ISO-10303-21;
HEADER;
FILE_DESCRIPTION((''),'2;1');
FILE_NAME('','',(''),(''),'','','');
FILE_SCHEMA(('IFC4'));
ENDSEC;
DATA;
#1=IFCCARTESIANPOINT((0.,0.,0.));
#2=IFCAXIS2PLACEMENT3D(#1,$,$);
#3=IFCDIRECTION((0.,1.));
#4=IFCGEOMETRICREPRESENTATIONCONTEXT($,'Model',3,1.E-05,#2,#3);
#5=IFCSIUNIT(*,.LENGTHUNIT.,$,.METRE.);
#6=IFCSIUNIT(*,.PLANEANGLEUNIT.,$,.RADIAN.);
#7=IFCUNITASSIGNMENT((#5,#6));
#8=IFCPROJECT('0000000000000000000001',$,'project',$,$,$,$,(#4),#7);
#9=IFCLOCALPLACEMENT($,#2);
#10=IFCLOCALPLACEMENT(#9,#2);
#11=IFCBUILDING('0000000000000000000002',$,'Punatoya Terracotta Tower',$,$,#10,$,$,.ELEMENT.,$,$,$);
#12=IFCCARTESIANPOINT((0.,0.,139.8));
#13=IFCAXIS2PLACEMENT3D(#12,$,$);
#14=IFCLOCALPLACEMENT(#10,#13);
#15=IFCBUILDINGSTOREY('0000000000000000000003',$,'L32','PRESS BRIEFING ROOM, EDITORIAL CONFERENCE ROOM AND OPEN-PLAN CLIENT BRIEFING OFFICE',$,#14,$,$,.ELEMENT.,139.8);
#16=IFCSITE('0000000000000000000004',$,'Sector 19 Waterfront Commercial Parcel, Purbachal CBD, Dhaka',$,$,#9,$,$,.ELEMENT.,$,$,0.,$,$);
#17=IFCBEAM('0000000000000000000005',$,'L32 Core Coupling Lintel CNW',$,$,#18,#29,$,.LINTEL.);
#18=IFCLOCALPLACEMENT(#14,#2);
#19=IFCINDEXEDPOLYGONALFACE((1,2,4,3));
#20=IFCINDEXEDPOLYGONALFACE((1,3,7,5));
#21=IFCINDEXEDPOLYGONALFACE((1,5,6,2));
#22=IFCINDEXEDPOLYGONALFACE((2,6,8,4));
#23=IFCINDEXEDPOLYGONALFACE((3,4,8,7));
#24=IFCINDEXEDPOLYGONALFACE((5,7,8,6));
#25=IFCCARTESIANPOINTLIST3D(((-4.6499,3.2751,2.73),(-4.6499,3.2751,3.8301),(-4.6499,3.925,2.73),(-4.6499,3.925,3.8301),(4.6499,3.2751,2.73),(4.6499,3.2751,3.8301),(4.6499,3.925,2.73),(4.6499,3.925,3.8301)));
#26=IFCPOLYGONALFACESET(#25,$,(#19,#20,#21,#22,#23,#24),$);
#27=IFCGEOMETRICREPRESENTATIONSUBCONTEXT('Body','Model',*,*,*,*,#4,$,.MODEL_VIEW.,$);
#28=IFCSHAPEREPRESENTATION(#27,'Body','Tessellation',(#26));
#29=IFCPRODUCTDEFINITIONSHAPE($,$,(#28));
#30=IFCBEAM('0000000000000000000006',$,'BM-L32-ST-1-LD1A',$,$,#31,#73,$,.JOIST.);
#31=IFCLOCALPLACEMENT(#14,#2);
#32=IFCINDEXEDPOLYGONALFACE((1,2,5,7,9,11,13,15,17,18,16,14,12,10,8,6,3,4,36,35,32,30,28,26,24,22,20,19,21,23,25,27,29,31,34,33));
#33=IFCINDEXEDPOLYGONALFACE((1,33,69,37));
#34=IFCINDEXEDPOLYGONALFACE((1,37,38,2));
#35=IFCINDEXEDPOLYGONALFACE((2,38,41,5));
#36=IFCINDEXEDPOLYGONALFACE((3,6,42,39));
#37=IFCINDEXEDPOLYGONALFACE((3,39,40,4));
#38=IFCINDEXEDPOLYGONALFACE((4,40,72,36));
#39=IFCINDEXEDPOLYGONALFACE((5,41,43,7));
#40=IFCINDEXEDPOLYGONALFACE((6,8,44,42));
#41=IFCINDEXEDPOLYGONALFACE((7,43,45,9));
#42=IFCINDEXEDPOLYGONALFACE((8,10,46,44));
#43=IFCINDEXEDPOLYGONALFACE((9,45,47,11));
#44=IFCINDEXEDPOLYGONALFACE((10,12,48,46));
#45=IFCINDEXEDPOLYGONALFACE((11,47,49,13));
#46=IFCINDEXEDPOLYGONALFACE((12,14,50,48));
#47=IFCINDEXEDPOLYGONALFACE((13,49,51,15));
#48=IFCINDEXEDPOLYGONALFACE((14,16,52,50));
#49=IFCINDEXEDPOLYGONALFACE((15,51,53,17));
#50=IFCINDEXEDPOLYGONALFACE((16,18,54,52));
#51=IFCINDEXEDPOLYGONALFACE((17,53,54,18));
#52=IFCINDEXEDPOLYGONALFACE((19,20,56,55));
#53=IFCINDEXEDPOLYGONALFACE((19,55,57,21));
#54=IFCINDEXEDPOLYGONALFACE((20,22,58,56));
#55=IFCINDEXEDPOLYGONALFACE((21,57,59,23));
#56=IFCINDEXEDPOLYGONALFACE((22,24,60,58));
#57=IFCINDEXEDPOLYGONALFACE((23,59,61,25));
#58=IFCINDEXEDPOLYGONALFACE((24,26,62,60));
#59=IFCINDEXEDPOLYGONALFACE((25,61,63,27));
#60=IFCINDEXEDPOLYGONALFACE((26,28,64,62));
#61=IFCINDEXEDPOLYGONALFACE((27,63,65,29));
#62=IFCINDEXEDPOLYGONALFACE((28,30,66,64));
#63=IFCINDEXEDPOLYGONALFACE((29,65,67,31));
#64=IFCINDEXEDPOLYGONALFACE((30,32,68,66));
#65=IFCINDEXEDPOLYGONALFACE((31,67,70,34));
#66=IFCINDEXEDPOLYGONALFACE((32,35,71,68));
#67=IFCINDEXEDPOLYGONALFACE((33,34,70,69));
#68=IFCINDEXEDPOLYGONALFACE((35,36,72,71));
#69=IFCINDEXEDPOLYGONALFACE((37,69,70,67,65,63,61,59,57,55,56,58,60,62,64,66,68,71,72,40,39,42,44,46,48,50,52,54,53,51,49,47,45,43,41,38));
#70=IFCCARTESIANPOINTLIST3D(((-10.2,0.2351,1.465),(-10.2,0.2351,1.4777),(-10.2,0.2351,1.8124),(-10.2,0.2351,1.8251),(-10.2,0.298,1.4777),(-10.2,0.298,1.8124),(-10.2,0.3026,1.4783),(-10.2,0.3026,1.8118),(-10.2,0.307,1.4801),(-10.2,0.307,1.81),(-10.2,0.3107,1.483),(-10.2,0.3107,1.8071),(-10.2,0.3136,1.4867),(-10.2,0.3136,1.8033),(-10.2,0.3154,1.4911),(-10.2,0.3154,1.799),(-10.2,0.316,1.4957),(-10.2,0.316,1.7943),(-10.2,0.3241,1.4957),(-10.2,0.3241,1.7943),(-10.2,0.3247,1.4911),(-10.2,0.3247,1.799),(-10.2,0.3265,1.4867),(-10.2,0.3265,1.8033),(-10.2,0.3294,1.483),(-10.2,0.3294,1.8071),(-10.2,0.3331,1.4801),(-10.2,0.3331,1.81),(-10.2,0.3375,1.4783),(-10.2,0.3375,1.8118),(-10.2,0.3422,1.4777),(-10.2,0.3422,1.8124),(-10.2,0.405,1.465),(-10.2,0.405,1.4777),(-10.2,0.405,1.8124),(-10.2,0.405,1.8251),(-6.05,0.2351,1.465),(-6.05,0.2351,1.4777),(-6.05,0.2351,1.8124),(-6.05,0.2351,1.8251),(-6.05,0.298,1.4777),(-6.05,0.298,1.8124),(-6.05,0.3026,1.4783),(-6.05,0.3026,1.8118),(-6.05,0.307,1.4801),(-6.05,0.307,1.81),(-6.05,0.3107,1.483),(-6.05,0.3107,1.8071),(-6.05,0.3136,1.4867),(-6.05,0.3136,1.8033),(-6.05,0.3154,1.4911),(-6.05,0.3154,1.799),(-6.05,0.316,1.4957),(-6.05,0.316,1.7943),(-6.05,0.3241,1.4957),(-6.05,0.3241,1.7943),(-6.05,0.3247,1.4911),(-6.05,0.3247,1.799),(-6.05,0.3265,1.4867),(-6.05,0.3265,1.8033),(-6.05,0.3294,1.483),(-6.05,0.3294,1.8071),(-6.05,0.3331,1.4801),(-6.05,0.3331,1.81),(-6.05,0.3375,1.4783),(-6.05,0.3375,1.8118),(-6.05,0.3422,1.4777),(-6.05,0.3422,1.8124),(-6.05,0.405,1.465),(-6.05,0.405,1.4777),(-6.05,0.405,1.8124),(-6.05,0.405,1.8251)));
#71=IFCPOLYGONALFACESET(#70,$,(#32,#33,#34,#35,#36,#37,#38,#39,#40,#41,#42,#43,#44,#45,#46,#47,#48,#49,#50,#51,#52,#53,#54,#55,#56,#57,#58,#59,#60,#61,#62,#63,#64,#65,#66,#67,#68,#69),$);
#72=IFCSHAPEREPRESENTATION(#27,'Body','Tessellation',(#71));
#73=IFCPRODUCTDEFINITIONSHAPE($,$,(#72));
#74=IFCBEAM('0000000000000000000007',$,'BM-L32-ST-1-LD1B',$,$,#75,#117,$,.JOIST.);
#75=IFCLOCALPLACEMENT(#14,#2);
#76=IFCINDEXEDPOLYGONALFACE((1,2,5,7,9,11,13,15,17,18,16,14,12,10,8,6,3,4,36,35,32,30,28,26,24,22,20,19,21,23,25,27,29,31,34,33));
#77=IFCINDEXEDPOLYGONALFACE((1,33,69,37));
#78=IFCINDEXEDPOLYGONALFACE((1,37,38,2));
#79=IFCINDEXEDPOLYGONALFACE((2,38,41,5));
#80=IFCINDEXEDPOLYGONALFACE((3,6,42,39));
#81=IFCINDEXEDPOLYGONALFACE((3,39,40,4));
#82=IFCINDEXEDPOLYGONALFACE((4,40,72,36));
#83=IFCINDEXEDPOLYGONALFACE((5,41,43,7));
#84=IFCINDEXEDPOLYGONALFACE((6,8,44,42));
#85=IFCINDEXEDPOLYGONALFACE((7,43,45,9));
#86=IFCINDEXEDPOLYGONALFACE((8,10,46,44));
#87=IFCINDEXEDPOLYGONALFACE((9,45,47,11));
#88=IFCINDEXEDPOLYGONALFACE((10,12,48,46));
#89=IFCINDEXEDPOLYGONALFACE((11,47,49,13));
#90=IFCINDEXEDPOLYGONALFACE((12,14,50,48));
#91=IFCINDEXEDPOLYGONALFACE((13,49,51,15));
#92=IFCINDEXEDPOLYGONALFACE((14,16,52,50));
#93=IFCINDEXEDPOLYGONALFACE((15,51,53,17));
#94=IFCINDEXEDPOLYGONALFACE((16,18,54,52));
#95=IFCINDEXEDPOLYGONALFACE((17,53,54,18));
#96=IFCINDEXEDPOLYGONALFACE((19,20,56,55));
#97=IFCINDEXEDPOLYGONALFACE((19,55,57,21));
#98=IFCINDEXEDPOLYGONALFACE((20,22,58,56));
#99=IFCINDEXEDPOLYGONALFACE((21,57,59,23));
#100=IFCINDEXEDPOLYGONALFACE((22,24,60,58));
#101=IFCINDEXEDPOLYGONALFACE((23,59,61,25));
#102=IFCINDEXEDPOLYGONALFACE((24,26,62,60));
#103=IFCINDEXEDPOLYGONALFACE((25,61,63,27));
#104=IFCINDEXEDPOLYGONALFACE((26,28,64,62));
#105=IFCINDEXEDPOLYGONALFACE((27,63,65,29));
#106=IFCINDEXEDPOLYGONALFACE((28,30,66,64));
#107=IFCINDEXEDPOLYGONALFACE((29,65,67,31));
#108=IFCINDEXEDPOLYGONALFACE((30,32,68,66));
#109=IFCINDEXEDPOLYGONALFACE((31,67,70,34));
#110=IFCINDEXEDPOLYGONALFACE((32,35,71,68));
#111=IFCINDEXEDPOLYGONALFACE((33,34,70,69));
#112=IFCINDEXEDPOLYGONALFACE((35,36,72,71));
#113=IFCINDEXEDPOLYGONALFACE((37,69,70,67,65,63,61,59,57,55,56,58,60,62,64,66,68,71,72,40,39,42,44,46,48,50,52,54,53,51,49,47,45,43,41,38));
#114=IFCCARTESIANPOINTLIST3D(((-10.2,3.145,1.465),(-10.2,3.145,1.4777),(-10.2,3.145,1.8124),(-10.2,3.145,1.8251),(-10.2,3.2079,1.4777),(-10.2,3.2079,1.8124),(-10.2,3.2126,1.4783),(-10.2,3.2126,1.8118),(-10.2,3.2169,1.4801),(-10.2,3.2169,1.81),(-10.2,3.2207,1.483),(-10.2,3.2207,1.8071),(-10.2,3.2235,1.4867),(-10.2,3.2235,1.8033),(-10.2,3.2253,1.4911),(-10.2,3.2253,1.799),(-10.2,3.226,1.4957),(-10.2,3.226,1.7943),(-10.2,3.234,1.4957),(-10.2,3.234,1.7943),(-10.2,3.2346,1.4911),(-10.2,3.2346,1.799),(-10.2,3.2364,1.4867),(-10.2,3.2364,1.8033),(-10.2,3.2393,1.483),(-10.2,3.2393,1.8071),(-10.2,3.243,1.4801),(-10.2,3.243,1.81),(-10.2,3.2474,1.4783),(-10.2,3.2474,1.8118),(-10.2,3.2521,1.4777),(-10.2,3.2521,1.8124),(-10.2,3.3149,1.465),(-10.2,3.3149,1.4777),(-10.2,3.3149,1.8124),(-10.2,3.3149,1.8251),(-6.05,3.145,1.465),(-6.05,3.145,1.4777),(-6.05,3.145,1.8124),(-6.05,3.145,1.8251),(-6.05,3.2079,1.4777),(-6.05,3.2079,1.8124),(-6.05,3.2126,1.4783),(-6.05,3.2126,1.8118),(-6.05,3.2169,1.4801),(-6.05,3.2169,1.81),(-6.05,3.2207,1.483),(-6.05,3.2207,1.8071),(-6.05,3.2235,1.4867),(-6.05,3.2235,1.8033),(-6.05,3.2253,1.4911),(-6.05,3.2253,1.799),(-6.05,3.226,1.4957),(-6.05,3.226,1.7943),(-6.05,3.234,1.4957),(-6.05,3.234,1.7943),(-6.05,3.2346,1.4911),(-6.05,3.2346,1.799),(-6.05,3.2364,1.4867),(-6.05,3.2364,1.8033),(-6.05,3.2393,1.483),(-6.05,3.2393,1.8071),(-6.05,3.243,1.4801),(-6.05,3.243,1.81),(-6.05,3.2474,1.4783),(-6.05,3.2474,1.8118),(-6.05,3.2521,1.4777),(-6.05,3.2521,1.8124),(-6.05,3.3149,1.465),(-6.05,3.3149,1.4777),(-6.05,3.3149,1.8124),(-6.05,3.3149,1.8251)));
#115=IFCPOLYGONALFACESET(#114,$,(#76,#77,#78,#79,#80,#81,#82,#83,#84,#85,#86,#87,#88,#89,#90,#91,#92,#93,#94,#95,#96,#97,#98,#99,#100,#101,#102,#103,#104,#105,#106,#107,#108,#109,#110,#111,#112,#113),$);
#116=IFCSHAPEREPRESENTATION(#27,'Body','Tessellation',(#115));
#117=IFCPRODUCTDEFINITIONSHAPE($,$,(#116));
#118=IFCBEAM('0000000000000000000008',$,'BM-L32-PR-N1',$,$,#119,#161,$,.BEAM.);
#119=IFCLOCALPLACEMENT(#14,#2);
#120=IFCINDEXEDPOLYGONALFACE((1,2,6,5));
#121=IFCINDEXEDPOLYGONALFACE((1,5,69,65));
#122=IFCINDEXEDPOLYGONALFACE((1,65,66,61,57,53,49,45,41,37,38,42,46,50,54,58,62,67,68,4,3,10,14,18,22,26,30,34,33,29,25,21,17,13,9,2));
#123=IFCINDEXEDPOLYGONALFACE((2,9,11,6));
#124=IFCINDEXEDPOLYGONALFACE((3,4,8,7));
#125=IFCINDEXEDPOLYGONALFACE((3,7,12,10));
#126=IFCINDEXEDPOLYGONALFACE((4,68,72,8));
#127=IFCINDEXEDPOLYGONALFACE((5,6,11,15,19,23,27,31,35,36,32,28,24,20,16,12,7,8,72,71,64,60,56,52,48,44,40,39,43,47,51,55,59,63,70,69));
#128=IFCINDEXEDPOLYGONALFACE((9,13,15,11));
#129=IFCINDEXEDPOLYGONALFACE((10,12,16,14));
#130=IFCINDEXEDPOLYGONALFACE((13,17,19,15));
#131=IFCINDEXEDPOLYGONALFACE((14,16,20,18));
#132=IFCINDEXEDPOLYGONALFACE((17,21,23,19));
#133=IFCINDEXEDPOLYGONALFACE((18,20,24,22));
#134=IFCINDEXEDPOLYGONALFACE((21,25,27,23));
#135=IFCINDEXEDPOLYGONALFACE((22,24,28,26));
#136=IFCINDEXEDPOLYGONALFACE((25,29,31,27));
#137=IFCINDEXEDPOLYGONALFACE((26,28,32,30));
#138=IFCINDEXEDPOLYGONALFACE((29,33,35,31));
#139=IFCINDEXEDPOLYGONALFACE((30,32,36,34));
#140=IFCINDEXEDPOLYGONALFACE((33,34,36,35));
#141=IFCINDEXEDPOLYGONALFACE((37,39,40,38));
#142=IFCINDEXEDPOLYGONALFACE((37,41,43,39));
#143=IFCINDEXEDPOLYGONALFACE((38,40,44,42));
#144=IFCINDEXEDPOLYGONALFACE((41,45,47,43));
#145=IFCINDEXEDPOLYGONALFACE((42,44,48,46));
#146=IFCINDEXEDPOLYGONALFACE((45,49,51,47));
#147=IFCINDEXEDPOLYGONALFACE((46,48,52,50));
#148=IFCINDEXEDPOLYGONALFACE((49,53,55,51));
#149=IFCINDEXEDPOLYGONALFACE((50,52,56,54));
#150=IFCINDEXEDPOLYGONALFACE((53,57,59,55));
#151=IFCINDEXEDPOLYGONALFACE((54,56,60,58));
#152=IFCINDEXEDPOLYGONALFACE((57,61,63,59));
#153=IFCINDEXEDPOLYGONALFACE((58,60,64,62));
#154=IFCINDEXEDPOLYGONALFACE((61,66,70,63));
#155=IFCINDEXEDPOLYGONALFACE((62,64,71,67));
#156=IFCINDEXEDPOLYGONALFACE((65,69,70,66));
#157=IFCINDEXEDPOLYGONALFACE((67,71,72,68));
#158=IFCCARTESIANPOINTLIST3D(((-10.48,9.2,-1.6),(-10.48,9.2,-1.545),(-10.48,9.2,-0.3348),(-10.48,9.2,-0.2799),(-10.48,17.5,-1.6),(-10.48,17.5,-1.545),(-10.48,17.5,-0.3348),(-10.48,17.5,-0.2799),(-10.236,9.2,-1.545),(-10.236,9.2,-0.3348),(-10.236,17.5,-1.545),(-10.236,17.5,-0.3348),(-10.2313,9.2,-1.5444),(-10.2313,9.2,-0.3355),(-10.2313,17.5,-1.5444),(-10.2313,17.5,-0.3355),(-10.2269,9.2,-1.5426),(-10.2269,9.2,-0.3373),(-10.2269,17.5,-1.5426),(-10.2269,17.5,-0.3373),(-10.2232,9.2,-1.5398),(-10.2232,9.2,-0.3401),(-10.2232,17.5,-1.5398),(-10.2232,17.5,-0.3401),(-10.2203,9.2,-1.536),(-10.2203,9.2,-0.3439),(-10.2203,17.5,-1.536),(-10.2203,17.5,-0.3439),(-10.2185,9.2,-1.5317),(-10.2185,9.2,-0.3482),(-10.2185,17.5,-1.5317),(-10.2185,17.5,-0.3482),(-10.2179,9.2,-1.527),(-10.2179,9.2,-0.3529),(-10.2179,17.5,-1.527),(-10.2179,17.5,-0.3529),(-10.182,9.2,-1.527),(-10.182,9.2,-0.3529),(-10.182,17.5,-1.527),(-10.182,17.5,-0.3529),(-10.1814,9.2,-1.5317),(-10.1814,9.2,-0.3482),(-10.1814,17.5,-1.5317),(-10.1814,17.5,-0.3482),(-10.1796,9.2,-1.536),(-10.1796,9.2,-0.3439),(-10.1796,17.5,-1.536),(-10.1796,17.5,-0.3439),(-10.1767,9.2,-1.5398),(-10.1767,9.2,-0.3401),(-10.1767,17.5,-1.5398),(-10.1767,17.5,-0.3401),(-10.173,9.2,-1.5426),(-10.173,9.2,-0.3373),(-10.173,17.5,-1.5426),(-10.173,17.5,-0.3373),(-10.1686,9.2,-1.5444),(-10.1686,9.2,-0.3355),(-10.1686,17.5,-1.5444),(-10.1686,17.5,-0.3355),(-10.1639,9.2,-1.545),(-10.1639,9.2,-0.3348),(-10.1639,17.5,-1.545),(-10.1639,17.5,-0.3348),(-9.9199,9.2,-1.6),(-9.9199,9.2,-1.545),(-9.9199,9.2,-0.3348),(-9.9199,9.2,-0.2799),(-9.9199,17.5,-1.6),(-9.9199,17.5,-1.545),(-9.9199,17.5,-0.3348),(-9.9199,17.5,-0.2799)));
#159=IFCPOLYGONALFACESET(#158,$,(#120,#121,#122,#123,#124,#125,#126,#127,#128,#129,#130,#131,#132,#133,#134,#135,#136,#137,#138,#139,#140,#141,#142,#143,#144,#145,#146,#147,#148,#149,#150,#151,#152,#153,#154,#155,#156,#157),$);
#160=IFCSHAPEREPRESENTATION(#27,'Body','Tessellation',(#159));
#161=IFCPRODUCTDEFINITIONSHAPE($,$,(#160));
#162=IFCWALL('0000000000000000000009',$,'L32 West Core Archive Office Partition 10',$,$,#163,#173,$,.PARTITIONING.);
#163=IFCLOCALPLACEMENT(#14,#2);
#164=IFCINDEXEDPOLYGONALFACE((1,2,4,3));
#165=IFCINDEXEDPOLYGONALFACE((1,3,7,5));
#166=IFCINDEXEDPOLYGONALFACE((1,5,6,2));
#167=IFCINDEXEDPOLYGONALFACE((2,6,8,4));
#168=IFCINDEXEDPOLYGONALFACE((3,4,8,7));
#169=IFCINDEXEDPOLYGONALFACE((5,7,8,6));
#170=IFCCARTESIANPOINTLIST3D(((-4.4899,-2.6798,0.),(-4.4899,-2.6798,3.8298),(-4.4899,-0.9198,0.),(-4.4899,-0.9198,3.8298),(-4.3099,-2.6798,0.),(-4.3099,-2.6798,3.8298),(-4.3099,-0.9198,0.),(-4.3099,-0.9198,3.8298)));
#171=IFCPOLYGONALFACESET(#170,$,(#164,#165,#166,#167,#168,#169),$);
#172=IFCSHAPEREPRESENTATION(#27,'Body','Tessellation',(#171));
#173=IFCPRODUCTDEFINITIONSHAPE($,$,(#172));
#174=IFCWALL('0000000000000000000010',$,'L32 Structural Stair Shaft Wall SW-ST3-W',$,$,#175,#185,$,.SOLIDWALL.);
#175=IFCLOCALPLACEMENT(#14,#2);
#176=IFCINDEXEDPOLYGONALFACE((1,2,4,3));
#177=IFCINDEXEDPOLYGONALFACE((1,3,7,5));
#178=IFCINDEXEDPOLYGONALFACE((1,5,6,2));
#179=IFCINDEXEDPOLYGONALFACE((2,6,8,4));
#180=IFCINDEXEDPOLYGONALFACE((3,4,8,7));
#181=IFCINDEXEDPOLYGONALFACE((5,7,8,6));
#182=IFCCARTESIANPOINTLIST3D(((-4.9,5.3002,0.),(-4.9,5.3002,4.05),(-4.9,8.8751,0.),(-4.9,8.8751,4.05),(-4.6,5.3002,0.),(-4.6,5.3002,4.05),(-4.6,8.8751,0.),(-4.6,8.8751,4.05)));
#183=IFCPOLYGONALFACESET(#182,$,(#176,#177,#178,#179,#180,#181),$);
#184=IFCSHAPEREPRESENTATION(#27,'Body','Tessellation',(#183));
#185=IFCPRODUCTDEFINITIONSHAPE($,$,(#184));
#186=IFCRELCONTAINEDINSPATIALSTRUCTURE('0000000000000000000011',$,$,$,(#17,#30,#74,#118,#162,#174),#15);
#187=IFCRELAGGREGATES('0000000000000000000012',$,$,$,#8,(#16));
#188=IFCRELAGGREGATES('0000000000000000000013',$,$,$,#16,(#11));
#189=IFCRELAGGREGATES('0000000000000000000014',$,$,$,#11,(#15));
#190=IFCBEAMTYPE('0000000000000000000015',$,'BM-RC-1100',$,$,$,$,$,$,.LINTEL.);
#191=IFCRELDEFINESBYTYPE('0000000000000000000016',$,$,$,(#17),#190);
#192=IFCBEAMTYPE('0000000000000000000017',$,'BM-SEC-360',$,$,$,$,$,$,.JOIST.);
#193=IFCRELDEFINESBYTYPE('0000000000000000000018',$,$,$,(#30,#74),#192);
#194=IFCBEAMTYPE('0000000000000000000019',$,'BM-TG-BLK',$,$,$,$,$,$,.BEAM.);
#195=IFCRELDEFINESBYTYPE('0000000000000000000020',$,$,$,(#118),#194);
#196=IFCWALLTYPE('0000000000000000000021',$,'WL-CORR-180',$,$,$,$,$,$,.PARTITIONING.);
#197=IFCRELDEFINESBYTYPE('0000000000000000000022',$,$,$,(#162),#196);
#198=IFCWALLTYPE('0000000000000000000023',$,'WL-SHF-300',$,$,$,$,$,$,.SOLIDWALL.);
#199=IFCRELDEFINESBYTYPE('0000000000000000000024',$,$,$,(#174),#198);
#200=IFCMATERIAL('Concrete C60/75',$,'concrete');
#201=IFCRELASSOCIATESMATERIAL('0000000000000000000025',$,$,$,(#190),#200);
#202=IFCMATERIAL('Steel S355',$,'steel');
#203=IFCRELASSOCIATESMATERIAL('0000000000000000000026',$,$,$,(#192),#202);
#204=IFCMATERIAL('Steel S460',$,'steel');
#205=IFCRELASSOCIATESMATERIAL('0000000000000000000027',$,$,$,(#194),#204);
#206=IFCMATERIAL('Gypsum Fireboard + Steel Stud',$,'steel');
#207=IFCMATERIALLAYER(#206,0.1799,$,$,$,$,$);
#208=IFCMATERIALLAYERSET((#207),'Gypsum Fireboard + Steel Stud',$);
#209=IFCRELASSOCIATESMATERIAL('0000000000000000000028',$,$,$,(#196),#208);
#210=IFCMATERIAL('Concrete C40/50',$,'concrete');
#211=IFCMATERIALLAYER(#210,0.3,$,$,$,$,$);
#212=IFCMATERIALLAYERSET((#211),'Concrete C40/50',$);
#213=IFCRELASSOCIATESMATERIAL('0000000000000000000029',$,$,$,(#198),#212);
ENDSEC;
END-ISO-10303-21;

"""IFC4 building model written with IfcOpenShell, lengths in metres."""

from ifc_helpers import new_model, si_unit, direction, frame, frame_2d, origin, origin_2d, place, context, subcontext, project, spatial, rectangle, i_section, extrude, material, layer, layer_set, material_profile, profile_set, type_object, element, save


model = new_model("IFC4")

# Units and contexts
model_context = context("Model", 3, precision=1e-05, world=origin(), true_north=direction((0.0, 1.0)))
body_context = subcontext(model_context, "Body", "Model", "MODEL_VIEW")
ifc_project = project(units=[si_unit("LENGTHUNIT", "METRE"), si_unit("PLANEANGLEUNIT", "RADIAN")], contexts=[model_context])

# Site, building, storey
site_placement = place(None, origin())
site = spatial("IfcSite", under=ifc_project, at=site_placement, Name="Sector 19 Waterfront Commercial Parcel, Purbachal CBD, Dhaka", CompositionType="ELEMENT", RefElevation=0.0)
building_placement = place(site_placement, origin())
building = spatial("IfcBuilding", under=site, at=building_placement, Name="Punatoya Terracotta Tower", CompositionType="ELEMENT")
storey_placement = place(building_placement, frame((0.0, 0.0, 139.8)))
storey = spatial("IfcBuildingStorey", under=building, at=storey_placement, Name="L32", Description="PRESS BRIEFING ROOM, EDITORIAL CONFERENCE ROOM AND OPEN-PLAN CLIENT BRIEFING OFFICE", CompositionType="ELEMENT", Elevation=139.8)

# Beams
ifc_material_1 = material(Name="Concrete C60/75", Category="concrete")
ifc_material_profile_1 = material_profile(ifc_material_1, rectangle(XDim=0.6499, YDim=1.1001, at=origin_2d()))
ifc_profile_set_1 = profile_set([ifc_material_profile_1], Name="Concrete C60/75")
beam_type_1 = type_object("IfcBeamType", Name="BM-RC-1100", PredefinedType="LINTEL", material=ifc_profile_set_1)
beam_1_placement = place(storey_placement, frame((-4.6499, 3.6001, 3.28), z_axis=(1.0, 0.0, 0.0), x_axis=(0.0, 1.0, 0.0)))
element("IfcBeam", 1, at=beam_1_placement, inside=storey, type_object=beam_type_1, Name="L32 Core Coupling Lintel CNW", PredefinedType="LINTEL", context=body_context, shape_type="SweptSolid", body=[
    extrude(rectangle(XDim=0.6499, YDim=1.1001, at=origin_2d()), origin(), (0.0, 0.0, 1.0), 9.2998),
])
ifc_material_2 = material(Name="Steel S355", Category="steel")
ifc_material_profile_2 = material_profile(ifc_material_2, i_section(OverallWidth=0.1699, OverallDepth=0.3601, WebThickness=0.0081, FlangeThickness=0.0127, FilletRadius=0.0181, at=origin_2d()))
ifc_profile_set_2 = profile_set([ifc_material_profile_2], Name="Steel S355")
beam_type_2 = type_object("IfcBeamType", Name="BM-SEC-360", PredefinedType="JOIST", material=ifc_profile_set_2)
for number, where, z_axis, x_axis, name in (
    (2, (-10.2, 0.3201, 1.645), (1.0, 0.0, 0.0), (0.0, 1.0, 0.0), "BM-L32-ST-1-LD1A"),
    (3, (-10.2, 3.23, 1.645), (1.0, 0.0, 0.0), (0.0, 1.0, 0.0), "BM-L32-ST-1-LD1B"),
):
    element("IfcBeam", number, at=place(storey_placement, frame(where, z_axis=z_axis, x_axis=x_axis)), inside=storey, type_object=beam_type_2, Name=name, PredefinedType="JOIST", context=body_context, shape_type="SweptSolid", body=[
        extrude(i_section(OverallWidth=0.1699, OverallDepth=0.3601, WebThickness=0.0081, FlangeThickness=0.0127, FilletRadius=0.0181, at=origin_2d()), origin(), (0.0, 0.0, 1.0), 4.1499),
    ])
ifc_material_3 = material(Name="Steel S460", Category="steel")
ifc_material_profile_3 = material_profile(ifc_material_3, i_section(OverallWidth=0.5601, OverallDepth=1.3201, WebThickness=0.0359, FlangeThickness=0.0549, FilletRadius=0.0181, at=origin_2d()))
ifc_profile_set_3 = profile_set([ifc_material_profile_3], Name="Steel S460")
beam_type_3 = type_object("IfcBeamType", Name="BM-TG-BLK", PredefinedType="BEAM", material=ifc_profile_set_3)
beam_2_placement = place(storey_placement, frame((-10.2, 9.2, -0.9399), z_axis=(0.0, 1.0, 0.0), x_axis=(-1.0, 0.0, 0.0)))
element("IfcBeam", 4, at=beam_2_placement, inside=storey, type_object=beam_type_3, Name="BM-L32-PR-N1", PredefinedType="BEAM", context=body_context, shape_type="SweptSolid", body=[
    extrude(i_section(OverallWidth=0.5601, OverallDepth=1.3201, WebThickness=0.0359, FlangeThickness=0.0549, FilletRadius=0.0181, at=origin_2d()), origin(), (0.0, 0.0, 1.0), 8.3),
])

# Walls
ifc_material_4 = material(Name="Gypsum Fireboard + Steel Stud", Category="steel")
ifc_layer_1 = layer(ifc_material_4, 0.1799)
ifc_layer_set_1 = layer_set([ifc_layer_1], Name="Gypsum Fireboard + Steel Stud")
wall_type_1 = type_object("IfcWallType", Name="WL-CORR-180", PredefinedType="PARTITIONING", material=ifc_layer_set_1)
wall_1_placement = place(storey_placement, frame((-4.3999, -0.9199, 0.0), z_axis=(0.0, 0.0, 1.0), x_axis=(0.0, -1.0, 0.0)))
element("IfcWall", 5, at=wall_1_placement, inside=storey, type_object=wall_type_1, Name="L32 West Core Archive Office Partition 10", PredefinedType="PARTITIONING", context=body_context, shape_type="SweptSolid", body=[
    extrude(rectangle(XDim=1.76, YDim=0.1799, at=frame_2d((0.8799, 0.0))), origin(), (0.0, 0.0, 1.0), 3.8298),
])
ifc_material_5 = material(Name="Concrete C40/50", Category="concrete")
ifc_layer_2 = layer(ifc_material_5, 0.3)
ifc_layer_set_2 = layer_set([ifc_layer_2], Name="Concrete C40/50")
wall_type_2 = type_object("IfcWallType", Name="WL-SHF-300", PredefinedType="SOLIDWALL", material=ifc_layer_set_2)
wall_2_placement = place(storey_placement, frame((-4.75, 5.3, 0.0), z_axis=(0.0, 0.0, 1.0), x_axis=(0.0, 1.0, 0.0)))
element("IfcWall", 6, at=wall_2_placement, inside=storey, type_object=wall_type_2, Name="L32 Structural Stair Shaft Wall SW-ST3-W", PredefinedType="SOLIDWALL", context=body_context, shape_type="SweptSolid", body=[
    extrude(rectangle(XDim=3.575, YDim=0.3, at=frame_2d((1.7876, 0.0))), origin(), (0.0, 0.0, 1.0), 4.05),
])

save(model, "model.ifc")
